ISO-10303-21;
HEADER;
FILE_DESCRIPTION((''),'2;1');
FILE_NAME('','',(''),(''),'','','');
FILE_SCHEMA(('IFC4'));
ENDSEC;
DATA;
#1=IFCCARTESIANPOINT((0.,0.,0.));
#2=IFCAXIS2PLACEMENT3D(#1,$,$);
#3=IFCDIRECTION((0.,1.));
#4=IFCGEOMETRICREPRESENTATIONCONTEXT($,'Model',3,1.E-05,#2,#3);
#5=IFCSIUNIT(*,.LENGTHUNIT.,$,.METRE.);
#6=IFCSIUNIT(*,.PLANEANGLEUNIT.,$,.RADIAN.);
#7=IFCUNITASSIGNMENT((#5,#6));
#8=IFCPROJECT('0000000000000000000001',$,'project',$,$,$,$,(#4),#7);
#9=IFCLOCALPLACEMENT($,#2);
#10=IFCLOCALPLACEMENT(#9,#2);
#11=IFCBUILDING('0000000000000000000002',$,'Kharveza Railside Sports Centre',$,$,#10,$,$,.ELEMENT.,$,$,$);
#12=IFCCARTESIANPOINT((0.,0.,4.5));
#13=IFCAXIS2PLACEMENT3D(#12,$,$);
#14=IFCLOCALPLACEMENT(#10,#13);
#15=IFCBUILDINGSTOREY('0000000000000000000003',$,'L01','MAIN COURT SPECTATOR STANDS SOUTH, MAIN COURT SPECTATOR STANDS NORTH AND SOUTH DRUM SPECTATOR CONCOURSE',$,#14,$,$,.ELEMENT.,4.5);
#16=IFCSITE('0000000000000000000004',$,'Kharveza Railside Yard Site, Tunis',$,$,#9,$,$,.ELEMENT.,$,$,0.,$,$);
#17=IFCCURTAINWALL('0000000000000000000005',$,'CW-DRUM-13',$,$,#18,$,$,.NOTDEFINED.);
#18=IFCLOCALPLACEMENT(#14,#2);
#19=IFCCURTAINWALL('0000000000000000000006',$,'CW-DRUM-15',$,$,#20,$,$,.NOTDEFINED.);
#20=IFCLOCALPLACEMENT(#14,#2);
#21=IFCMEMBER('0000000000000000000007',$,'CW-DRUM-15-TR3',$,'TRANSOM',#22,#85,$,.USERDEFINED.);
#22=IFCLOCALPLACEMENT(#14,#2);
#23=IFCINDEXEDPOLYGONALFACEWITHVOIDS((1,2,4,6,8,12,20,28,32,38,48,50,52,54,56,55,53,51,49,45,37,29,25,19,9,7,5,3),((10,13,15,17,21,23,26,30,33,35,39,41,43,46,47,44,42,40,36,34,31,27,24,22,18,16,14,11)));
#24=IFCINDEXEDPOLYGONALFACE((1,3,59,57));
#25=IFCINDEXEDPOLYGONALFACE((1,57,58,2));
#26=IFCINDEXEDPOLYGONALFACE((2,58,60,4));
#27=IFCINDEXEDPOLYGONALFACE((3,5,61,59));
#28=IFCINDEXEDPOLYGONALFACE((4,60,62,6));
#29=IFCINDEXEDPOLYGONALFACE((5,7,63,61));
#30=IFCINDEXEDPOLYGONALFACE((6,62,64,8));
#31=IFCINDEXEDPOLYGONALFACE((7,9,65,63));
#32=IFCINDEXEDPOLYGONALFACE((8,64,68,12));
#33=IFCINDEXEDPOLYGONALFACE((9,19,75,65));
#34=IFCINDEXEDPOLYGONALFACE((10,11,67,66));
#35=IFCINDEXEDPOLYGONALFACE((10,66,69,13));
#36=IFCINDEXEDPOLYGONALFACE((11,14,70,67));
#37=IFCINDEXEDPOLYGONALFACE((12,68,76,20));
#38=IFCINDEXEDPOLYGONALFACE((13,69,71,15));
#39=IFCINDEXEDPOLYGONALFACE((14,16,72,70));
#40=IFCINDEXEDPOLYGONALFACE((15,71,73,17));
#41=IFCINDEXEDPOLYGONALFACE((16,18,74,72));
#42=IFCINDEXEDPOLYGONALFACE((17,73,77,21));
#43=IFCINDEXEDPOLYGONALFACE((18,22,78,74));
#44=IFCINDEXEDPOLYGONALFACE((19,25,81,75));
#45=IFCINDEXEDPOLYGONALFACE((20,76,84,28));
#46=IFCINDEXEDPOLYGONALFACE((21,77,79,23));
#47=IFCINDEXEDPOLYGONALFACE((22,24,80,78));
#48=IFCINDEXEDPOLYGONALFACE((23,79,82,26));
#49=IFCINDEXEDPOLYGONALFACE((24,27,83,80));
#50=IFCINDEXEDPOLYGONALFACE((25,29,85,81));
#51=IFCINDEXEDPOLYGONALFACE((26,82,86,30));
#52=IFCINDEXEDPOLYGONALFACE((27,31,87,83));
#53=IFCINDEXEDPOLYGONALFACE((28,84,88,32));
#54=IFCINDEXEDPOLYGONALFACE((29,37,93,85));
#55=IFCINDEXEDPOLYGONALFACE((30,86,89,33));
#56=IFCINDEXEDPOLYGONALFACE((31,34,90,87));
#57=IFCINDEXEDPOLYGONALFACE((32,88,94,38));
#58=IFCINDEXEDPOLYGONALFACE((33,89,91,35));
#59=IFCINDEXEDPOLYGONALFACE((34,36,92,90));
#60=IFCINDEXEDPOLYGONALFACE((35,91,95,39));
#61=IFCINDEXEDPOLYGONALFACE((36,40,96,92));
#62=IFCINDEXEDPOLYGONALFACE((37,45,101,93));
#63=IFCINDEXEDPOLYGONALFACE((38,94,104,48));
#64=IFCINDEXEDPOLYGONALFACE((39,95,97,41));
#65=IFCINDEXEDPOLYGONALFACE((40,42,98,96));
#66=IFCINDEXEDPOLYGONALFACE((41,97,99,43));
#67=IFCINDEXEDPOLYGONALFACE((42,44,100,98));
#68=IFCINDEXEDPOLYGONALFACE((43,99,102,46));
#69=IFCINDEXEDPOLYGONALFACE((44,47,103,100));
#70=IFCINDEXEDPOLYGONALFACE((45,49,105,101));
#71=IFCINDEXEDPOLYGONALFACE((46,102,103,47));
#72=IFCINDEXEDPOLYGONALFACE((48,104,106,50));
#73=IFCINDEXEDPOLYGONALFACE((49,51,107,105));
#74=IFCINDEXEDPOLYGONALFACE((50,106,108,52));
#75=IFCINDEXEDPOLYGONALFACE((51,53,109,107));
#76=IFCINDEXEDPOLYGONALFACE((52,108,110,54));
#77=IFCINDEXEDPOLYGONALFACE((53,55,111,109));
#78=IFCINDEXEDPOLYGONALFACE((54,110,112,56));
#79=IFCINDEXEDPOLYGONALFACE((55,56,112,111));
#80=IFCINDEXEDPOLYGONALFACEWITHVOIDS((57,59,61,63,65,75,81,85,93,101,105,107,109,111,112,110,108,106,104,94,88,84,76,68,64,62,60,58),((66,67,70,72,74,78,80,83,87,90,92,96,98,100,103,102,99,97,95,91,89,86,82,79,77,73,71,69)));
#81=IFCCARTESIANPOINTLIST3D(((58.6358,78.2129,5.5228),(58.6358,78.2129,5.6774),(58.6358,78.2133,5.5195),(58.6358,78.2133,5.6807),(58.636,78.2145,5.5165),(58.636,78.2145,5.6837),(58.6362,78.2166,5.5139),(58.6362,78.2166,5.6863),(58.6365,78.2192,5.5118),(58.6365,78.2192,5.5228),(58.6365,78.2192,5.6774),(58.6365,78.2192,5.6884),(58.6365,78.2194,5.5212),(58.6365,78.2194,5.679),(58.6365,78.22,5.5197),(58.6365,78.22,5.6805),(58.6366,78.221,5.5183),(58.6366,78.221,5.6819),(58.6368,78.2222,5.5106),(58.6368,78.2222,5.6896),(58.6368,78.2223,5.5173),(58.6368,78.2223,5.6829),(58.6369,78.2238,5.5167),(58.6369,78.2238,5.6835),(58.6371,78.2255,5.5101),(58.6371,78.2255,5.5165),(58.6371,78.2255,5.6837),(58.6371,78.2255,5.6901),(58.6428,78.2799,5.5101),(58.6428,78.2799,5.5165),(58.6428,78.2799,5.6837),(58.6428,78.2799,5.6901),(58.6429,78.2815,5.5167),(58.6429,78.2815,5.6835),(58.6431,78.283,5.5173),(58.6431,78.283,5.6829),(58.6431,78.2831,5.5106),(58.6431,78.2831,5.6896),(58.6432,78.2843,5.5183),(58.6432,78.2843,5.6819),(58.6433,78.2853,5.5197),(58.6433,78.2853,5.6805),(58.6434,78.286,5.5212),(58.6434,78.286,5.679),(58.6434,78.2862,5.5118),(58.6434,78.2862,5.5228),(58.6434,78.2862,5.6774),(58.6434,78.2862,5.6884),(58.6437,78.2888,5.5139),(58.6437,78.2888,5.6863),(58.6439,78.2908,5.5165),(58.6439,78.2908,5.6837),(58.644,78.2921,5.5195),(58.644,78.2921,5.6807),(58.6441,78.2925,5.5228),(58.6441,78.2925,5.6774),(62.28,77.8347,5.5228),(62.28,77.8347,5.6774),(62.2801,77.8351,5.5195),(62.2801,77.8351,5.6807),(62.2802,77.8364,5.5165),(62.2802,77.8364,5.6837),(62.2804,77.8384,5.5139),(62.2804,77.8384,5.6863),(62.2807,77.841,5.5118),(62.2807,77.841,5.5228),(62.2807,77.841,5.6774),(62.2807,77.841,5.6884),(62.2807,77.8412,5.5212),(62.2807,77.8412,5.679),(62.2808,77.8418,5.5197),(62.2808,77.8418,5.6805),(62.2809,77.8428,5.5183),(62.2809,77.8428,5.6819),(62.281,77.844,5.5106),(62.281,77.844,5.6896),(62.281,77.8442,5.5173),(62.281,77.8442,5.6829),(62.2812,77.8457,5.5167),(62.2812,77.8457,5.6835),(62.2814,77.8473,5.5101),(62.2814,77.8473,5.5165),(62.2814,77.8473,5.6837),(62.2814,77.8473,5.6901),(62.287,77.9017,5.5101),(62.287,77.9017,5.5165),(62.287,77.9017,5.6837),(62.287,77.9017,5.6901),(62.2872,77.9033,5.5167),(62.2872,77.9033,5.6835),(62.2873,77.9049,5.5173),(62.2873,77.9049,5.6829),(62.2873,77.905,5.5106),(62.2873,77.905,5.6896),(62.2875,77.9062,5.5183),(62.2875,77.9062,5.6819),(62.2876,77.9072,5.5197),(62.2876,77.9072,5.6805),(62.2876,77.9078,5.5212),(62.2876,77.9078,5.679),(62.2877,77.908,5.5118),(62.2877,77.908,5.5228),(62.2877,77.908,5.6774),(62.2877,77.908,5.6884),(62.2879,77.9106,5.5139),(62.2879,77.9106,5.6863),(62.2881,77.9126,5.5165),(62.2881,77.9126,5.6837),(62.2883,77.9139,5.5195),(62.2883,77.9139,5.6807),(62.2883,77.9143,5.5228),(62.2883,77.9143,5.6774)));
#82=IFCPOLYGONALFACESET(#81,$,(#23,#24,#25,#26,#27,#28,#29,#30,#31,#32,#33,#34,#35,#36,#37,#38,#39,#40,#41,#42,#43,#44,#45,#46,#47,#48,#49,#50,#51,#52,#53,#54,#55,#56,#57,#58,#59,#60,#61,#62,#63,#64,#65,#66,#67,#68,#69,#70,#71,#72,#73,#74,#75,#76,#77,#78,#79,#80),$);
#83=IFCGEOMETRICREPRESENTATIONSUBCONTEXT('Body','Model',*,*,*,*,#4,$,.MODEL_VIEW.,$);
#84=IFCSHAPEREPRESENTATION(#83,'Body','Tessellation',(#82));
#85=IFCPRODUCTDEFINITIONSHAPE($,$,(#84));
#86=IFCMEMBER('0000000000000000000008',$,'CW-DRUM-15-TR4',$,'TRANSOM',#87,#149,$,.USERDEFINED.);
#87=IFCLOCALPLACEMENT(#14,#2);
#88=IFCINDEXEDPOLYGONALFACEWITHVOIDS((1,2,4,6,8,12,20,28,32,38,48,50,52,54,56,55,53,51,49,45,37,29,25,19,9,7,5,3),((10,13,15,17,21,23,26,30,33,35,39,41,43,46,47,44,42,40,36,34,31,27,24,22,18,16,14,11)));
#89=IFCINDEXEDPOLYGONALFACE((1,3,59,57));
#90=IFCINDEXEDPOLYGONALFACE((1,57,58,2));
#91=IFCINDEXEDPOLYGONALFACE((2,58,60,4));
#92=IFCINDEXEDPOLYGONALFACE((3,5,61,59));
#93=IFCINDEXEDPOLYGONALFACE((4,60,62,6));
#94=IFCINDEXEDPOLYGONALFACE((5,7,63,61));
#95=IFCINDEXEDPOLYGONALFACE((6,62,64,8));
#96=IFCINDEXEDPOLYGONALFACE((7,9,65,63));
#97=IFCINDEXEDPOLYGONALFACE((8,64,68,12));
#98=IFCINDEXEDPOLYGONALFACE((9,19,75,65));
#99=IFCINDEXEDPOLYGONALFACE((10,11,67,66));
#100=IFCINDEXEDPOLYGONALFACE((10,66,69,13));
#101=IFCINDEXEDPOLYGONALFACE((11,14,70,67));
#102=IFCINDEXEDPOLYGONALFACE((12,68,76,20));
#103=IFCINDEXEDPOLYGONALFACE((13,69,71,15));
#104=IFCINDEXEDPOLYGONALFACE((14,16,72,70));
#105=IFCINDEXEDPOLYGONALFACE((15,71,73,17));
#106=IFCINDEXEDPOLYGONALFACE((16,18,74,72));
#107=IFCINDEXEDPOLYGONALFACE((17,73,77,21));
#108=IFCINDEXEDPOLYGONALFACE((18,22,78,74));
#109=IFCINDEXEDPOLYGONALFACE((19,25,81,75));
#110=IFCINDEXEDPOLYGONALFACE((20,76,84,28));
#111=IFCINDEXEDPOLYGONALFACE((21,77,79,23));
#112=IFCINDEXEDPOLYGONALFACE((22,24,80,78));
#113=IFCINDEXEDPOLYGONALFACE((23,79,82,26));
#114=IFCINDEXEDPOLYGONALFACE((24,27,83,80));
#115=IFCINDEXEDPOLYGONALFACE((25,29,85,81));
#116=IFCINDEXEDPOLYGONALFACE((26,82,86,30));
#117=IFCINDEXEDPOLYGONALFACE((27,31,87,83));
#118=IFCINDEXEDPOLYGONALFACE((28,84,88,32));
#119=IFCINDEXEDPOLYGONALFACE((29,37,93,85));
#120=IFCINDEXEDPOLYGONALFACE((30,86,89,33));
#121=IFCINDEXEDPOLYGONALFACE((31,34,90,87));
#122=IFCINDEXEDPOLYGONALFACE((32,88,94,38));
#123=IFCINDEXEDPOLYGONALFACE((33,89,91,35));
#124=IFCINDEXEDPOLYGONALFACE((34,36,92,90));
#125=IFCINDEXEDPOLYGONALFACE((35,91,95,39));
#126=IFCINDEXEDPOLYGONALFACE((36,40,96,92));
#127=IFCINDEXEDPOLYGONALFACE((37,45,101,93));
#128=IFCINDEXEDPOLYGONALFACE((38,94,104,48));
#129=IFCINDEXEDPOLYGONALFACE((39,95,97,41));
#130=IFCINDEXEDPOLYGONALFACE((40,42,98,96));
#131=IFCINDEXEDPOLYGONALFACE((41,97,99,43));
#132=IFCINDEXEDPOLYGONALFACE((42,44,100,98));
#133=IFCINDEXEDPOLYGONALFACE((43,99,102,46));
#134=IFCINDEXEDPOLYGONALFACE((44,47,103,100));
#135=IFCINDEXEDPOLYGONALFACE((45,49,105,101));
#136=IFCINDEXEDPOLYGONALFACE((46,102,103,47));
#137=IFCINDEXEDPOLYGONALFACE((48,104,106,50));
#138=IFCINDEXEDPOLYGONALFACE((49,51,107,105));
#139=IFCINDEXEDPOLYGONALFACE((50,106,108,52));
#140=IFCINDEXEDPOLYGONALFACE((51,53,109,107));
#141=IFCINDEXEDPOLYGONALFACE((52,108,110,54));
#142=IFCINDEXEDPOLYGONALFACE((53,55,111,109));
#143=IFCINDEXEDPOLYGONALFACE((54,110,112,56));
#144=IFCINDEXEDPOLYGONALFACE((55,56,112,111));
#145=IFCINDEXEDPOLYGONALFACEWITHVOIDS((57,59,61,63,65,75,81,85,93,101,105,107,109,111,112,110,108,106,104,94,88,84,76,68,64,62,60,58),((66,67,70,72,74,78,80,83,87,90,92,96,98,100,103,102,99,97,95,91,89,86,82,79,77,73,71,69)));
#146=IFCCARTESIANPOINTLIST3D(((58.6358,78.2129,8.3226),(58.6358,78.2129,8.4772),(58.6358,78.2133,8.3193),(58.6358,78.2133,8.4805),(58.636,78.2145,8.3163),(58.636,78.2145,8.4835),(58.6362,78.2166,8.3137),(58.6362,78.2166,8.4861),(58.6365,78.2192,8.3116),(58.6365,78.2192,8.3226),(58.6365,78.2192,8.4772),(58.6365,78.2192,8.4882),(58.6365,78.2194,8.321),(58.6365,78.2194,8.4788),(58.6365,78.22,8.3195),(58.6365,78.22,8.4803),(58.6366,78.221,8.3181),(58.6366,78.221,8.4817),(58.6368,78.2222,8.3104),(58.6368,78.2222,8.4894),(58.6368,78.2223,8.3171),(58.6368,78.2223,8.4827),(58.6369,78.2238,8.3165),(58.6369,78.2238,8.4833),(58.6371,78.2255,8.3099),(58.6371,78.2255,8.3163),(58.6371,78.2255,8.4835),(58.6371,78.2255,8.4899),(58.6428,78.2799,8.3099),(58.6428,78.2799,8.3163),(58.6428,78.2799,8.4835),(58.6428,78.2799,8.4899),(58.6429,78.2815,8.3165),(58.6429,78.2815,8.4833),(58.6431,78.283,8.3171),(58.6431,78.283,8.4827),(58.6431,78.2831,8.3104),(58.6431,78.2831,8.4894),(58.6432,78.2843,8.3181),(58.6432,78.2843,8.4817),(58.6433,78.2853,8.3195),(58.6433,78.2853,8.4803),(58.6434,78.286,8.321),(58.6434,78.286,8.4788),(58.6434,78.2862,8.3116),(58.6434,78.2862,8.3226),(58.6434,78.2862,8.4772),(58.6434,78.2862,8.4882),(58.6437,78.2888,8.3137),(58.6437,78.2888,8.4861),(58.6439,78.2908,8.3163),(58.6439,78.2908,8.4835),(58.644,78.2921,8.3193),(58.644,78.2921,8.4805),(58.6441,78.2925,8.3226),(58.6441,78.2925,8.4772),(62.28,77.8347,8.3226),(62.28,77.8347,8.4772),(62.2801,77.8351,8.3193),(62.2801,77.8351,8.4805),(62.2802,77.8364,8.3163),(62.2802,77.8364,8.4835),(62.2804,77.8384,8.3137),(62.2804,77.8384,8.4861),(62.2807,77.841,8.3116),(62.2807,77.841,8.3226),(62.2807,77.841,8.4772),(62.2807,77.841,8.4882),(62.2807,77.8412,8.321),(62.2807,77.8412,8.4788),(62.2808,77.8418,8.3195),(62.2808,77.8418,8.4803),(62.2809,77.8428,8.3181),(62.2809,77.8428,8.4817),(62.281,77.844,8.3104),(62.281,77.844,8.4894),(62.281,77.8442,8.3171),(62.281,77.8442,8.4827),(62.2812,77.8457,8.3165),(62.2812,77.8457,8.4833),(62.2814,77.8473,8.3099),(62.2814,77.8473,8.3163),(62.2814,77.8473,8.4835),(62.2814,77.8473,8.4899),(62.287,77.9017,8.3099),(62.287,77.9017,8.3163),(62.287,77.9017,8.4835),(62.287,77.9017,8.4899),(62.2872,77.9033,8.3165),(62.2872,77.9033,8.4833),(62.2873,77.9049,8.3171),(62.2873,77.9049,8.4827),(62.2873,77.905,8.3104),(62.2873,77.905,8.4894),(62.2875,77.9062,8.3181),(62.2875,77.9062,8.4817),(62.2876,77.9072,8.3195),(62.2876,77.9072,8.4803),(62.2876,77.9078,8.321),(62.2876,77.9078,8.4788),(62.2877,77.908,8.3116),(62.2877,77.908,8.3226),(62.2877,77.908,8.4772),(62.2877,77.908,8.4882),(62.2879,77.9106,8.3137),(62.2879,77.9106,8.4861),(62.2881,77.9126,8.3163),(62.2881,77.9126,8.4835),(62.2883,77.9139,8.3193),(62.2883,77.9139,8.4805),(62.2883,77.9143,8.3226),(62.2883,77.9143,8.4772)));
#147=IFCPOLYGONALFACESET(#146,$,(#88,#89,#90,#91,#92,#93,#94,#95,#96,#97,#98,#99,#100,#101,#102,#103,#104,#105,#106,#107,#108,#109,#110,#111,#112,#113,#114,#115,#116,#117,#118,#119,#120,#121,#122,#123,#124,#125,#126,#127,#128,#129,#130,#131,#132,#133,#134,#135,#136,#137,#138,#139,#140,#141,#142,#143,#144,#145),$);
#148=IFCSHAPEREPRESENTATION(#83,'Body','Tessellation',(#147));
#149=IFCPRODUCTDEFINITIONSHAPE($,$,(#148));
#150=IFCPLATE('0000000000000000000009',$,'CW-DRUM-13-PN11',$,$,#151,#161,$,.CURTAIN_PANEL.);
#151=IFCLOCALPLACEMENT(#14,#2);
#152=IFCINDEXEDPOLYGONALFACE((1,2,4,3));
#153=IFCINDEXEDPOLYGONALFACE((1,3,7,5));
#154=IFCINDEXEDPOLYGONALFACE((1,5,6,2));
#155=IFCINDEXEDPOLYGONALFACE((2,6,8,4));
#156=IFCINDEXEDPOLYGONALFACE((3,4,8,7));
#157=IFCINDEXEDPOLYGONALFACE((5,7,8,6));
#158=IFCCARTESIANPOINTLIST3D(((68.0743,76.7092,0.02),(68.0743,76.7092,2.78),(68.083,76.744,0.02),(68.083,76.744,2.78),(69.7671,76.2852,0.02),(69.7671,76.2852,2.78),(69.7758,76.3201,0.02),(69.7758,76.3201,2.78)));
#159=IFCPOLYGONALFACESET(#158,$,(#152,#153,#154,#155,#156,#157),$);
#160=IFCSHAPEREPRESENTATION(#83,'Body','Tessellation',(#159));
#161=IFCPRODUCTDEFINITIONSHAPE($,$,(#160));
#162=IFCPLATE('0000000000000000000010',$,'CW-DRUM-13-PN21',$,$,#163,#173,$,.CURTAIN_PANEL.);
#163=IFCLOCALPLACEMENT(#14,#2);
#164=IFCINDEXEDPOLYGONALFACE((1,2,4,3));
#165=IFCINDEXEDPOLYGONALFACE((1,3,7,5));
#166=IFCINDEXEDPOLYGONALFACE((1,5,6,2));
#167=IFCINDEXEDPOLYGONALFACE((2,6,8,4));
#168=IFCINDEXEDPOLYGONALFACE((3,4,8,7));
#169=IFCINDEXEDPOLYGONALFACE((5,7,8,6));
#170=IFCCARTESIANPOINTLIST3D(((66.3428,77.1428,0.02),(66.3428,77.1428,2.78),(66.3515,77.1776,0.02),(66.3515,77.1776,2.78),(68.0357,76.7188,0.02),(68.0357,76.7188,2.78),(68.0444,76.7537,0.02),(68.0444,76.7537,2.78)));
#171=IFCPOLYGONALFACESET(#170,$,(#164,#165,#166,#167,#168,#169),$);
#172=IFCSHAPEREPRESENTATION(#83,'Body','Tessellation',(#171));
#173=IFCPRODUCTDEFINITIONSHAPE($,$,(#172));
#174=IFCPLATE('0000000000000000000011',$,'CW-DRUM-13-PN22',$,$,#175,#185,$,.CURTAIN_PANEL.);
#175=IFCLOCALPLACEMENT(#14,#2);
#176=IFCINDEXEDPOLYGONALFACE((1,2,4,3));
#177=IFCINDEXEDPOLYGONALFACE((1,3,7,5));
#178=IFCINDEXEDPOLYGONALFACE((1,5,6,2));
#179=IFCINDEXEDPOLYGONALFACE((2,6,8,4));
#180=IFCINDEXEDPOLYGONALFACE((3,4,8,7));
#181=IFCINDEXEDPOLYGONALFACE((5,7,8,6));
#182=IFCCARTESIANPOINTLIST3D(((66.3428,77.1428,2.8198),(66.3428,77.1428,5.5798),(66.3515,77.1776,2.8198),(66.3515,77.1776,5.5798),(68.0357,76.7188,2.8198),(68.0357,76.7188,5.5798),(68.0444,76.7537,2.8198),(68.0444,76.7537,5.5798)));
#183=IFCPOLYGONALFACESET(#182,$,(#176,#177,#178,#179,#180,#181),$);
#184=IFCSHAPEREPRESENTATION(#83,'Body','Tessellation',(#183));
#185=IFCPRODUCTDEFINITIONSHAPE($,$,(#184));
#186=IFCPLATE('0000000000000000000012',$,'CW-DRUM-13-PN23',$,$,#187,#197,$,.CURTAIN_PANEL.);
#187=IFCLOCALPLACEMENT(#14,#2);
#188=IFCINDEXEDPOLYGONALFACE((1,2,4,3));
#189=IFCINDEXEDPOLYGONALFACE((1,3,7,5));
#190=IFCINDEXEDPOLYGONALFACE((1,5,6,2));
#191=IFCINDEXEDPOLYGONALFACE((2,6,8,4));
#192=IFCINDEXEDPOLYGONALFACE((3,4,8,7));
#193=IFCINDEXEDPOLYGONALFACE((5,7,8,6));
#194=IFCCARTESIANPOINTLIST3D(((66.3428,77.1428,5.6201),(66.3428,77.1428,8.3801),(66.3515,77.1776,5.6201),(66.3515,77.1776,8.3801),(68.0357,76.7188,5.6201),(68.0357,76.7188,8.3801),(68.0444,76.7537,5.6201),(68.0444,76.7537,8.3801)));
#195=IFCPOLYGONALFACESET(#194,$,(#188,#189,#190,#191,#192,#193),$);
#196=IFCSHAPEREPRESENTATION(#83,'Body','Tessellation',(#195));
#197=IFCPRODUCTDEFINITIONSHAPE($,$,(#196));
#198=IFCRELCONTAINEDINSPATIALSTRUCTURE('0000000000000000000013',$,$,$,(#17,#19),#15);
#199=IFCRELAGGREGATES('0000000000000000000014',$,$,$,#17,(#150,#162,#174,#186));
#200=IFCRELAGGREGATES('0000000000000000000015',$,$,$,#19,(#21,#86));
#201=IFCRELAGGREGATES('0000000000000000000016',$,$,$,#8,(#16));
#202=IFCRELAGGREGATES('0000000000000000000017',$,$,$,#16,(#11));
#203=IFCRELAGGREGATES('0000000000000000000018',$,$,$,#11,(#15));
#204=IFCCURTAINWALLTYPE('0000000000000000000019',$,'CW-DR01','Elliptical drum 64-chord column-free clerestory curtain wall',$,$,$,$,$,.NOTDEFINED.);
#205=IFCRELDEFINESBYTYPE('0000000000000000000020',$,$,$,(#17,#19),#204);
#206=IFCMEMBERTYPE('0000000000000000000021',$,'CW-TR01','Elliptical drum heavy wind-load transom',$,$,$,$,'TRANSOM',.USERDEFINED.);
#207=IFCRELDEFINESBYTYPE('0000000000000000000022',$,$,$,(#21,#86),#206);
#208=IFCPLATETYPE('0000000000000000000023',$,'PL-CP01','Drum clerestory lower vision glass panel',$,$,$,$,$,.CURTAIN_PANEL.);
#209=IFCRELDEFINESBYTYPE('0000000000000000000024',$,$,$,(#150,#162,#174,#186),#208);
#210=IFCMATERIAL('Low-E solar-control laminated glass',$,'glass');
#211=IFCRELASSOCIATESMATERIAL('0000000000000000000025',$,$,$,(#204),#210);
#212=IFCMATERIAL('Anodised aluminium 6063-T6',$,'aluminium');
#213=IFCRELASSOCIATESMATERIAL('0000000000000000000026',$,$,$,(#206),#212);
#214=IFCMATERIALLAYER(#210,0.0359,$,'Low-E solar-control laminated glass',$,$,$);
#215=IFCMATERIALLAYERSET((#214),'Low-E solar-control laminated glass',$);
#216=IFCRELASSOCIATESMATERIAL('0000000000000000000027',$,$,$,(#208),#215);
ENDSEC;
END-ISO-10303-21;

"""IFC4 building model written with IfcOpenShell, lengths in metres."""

from ifc_helpers import new_model, si_unit, direction, frame, origin, origin_2d, place, context, subcontext, project, spatial, rectangle, hollow_rectangle, extrude, material, layer, layer_set, material_profile, profile_set, type_object, element, aggregate, save


model = new_model("IFC4")

# Units and contexts
model_context = context("Model", 3, precision=1e-05, world=origin(), true_north=direction((0.0, 1.0)))
body_context = subcontext(model_context, "Body", "Model", "MODEL_VIEW")
ifc_project = project(units=[si_unit("LENGTHUNIT", "METRE"), si_unit("PLANEANGLEUNIT", "RADIAN")], contexts=[model_context])

# Site, building, storey
site_placement = place(None, origin())
site = spatial("IfcSite", under=ifc_project, at=site_placement, Name="Kharveza Railside Yard Site, Tunis", CompositionType="ELEMENT", RefElevation=0.0)
building_placement = place(site_placement, origin())
building = spatial("IfcBuilding", under=site, at=building_placement, Name="Kharveza Railside Sports Centre", CompositionType="ELEMENT")
storey_placement = place(building_placement, frame((0.0, 0.0, 4.5)))
storey = spatial("IfcBuildingStorey", under=building, at=storey_placement, Name="L01", Description="MAIN COURT SPECTATOR STANDS SOUTH, MAIN COURT SPECTATOR STANDS NORTH AND SOUTH DRUM SPECTATOR CONCOURSE", CompositionType="ELEMENT", Elevation=4.5)

# Curtain wall
ifc_material_1 = material(Name="Low-E solar-control laminated glass", Category="glass")
curtain_wall_type = type_object("IfcCurtainWallType", Name="CW-DR01", Description="Elliptical drum 64-chord column-free clerestory curtain wall", PredefinedType="NOTDEFINED", material=ifc_material_1)
curtain_wall_1_placement = place(storey_placement, origin())
curtain_wall_1 = element("IfcCurtainWall", 1, at=curtain_wall_1_placement, inside=storey, type_object=curtain_wall_type, Name="CW-DRUM-13", PredefinedType="NOTDEFINED")
ifc_material_2 = material(Name="Anodised aluminium 6063-T6", Category="aluminium")

# Curtain wall
curtain_wall_2_placement = place(storey_placement, origin())
curtain_wall_2 = element("IfcCurtainWall", 2, at=curtain_wall_2_placement, inside=storey, type_object=curtain_wall_type, Name="CW-DRUM-15", PredefinedType="NOTDEFINED")

# Members
ifc_material_profile_1 = material_profile(ifc_material_2, hollow_rectangle(XDim=0.0801, YDim=0.1799, WallThickness=0.0063, InnerFilletRadius=0.0063, OuterFilletRadius=0.0127, at=origin_2d()), Name="RHS 80x180x6.3")
ifc_profile_set_1 = profile_set([ifc_material_profile_1], Name="Anodised aluminium 6063-T6")
member_type_1 = type_object("IfcMemberType", Name="CW-TR01", Description="Elliptical drum heavy wind-load transom", ElementType="TRANSOM", PredefinedType="USERDEFINED", material=ifc_profile_set_1)
member_1_placement = place(storey_placement, frame((62.2842, 77.8745, 5.6001), z_axis=(-0.994659, 0.103217, 0.0), x_axis=(-0.103217, -0.994659, 0.0)))
member_1 = element("IfcMember", 3, at=member_1_placement, type_object=member_type_1, Name="CW-DRUM-15-TR3", ObjectType="TRANSOM", PredefinedType="USERDEFINED", context=body_context, shape_type="SweptSolid", body=[
    extrude(hollow_rectangle(XDim=0.0801, YDim=0.1799, WallThickness=0.0063, InnerFilletRadius=0.0063, OuterFilletRadius=0.0127, at=origin_2d()), origin(), (0.0, 0.0, 1.0), 3.6638),
])
member_2_placement = place(storey_placement, frame((62.2842, 77.8745, 8.3999), z_axis=(-0.994659, 0.103217, 0.0), x_axis=(-0.103217, -0.994659, 0.0)))
member_2 = element("IfcMember", 4, at=member_2_placement, type_object=member_type_1, Name="CW-DRUM-15-TR4", ObjectType="TRANSOM", PredefinedType="USERDEFINED", context=body_context, shape_type="SweptSolid", body=[
    extrude(hollow_rectangle(XDim=0.0801, YDim=0.1799, WallThickness=0.0063, InnerFilletRadius=0.0063, OuterFilletRadius=0.0127, at=origin_2d()), origin(), (0.0, 0.0, 1.0), 3.6638),
])

# Plates
ifc_layer_1 = layer(ifc_material_1, 0.0359, Name="Low-E solar-control laminated glass")
ifc_layer_set_1 = layer_set([ifc_layer_1], Name="Low-E solar-control laminated glass")
plate_type = type_object("IfcPlateType", Name="PL-CP01", Description="Drum clerestory lower vision glass panel", PredefinedType="CURTAIN_PANEL", material=ifc_layer_set_1)
plate_1_placement = place(storey_placement, frame((68.925, 76.5146, 0.02), z_axis=(0.0, 0.0, 1.0), x_axis=(-0.970038, 0.242955, 0.0)))
plate_1 = element("IfcPlate", 5, at=plate_1_placement, type_object=plate_type, Name="CW-DRUM-13-PN11", PredefinedType="CURTAIN_PANEL", context=body_context, shape_type="SweptSolid", body=[
    extrude(rectangle(XDim=1.7451, YDim=0.0359, at=origin_2d()), origin(), (0.0, 0.0, 1.0), 2.76),
])
plate_2_placement = place(storey_placement, frame((67.1936, 76.9482, 0.02), z_axis=(0.0, 0.0, 1.0), x_axis=(-0.970038, 0.242955, 0.0)))
plate_2 = element("IfcPlate", 6, at=plate_2_placement, type_object=plate_type, Name="CW-DRUM-13-PN21", PredefinedType="CURTAIN_PANEL", context=body_context, shape_type="SweptSolid", body=[
    extrude(rectangle(XDim=1.7451, YDim=0.0359, at=origin_2d()), origin(), (0.0, 0.0, 1.0), 2.76),
])
plate_3_placement = place(storey_placement, frame((67.1936, 76.9482, 2.8198), z_axis=(0.0, 0.0, 1.0), x_axis=(-0.970038, 0.242955, 0.0)))
plate_3 = element("IfcPlate", 7, at=plate_3_placement, type_object=plate_type, Name="CW-DRUM-13-PN22", PredefinedType="CURTAIN_PANEL", context=body_context, shape_type="SweptSolid", body=[
    extrude(rectangle(XDim=1.7451, YDim=0.0359, at=origin_2d()), origin(), (0.0, 0.0, 1.0), 2.76),
])
plate_4_placement = place(storey_placement, frame((67.1936, 76.9482, 5.6201), z_axis=(0.0, 0.0, 1.0), x_axis=(-0.970038, 0.242955, 0.0)))
plate_4 = element("IfcPlate", 8, at=plate_4_placement, type_object=plate_type, Name="CW-DRUM-13-PN23", PredefinedType="CURTAIN_PANEL", context=body_context, shape_type="SweptSolid", body=[
    extrude(rectangle(XDim=1.7451, YDim=0.0359, at=origin_2d()), origin(), (0.0, 0.0, 1.0), 2.76),
])
aggregate(curtain_wall_1, [plate_1, plate_2, plate_3, plate_4])
aggregate(curtain_wall_2, [member_1, member_2])

save(model, "model.ifc")
